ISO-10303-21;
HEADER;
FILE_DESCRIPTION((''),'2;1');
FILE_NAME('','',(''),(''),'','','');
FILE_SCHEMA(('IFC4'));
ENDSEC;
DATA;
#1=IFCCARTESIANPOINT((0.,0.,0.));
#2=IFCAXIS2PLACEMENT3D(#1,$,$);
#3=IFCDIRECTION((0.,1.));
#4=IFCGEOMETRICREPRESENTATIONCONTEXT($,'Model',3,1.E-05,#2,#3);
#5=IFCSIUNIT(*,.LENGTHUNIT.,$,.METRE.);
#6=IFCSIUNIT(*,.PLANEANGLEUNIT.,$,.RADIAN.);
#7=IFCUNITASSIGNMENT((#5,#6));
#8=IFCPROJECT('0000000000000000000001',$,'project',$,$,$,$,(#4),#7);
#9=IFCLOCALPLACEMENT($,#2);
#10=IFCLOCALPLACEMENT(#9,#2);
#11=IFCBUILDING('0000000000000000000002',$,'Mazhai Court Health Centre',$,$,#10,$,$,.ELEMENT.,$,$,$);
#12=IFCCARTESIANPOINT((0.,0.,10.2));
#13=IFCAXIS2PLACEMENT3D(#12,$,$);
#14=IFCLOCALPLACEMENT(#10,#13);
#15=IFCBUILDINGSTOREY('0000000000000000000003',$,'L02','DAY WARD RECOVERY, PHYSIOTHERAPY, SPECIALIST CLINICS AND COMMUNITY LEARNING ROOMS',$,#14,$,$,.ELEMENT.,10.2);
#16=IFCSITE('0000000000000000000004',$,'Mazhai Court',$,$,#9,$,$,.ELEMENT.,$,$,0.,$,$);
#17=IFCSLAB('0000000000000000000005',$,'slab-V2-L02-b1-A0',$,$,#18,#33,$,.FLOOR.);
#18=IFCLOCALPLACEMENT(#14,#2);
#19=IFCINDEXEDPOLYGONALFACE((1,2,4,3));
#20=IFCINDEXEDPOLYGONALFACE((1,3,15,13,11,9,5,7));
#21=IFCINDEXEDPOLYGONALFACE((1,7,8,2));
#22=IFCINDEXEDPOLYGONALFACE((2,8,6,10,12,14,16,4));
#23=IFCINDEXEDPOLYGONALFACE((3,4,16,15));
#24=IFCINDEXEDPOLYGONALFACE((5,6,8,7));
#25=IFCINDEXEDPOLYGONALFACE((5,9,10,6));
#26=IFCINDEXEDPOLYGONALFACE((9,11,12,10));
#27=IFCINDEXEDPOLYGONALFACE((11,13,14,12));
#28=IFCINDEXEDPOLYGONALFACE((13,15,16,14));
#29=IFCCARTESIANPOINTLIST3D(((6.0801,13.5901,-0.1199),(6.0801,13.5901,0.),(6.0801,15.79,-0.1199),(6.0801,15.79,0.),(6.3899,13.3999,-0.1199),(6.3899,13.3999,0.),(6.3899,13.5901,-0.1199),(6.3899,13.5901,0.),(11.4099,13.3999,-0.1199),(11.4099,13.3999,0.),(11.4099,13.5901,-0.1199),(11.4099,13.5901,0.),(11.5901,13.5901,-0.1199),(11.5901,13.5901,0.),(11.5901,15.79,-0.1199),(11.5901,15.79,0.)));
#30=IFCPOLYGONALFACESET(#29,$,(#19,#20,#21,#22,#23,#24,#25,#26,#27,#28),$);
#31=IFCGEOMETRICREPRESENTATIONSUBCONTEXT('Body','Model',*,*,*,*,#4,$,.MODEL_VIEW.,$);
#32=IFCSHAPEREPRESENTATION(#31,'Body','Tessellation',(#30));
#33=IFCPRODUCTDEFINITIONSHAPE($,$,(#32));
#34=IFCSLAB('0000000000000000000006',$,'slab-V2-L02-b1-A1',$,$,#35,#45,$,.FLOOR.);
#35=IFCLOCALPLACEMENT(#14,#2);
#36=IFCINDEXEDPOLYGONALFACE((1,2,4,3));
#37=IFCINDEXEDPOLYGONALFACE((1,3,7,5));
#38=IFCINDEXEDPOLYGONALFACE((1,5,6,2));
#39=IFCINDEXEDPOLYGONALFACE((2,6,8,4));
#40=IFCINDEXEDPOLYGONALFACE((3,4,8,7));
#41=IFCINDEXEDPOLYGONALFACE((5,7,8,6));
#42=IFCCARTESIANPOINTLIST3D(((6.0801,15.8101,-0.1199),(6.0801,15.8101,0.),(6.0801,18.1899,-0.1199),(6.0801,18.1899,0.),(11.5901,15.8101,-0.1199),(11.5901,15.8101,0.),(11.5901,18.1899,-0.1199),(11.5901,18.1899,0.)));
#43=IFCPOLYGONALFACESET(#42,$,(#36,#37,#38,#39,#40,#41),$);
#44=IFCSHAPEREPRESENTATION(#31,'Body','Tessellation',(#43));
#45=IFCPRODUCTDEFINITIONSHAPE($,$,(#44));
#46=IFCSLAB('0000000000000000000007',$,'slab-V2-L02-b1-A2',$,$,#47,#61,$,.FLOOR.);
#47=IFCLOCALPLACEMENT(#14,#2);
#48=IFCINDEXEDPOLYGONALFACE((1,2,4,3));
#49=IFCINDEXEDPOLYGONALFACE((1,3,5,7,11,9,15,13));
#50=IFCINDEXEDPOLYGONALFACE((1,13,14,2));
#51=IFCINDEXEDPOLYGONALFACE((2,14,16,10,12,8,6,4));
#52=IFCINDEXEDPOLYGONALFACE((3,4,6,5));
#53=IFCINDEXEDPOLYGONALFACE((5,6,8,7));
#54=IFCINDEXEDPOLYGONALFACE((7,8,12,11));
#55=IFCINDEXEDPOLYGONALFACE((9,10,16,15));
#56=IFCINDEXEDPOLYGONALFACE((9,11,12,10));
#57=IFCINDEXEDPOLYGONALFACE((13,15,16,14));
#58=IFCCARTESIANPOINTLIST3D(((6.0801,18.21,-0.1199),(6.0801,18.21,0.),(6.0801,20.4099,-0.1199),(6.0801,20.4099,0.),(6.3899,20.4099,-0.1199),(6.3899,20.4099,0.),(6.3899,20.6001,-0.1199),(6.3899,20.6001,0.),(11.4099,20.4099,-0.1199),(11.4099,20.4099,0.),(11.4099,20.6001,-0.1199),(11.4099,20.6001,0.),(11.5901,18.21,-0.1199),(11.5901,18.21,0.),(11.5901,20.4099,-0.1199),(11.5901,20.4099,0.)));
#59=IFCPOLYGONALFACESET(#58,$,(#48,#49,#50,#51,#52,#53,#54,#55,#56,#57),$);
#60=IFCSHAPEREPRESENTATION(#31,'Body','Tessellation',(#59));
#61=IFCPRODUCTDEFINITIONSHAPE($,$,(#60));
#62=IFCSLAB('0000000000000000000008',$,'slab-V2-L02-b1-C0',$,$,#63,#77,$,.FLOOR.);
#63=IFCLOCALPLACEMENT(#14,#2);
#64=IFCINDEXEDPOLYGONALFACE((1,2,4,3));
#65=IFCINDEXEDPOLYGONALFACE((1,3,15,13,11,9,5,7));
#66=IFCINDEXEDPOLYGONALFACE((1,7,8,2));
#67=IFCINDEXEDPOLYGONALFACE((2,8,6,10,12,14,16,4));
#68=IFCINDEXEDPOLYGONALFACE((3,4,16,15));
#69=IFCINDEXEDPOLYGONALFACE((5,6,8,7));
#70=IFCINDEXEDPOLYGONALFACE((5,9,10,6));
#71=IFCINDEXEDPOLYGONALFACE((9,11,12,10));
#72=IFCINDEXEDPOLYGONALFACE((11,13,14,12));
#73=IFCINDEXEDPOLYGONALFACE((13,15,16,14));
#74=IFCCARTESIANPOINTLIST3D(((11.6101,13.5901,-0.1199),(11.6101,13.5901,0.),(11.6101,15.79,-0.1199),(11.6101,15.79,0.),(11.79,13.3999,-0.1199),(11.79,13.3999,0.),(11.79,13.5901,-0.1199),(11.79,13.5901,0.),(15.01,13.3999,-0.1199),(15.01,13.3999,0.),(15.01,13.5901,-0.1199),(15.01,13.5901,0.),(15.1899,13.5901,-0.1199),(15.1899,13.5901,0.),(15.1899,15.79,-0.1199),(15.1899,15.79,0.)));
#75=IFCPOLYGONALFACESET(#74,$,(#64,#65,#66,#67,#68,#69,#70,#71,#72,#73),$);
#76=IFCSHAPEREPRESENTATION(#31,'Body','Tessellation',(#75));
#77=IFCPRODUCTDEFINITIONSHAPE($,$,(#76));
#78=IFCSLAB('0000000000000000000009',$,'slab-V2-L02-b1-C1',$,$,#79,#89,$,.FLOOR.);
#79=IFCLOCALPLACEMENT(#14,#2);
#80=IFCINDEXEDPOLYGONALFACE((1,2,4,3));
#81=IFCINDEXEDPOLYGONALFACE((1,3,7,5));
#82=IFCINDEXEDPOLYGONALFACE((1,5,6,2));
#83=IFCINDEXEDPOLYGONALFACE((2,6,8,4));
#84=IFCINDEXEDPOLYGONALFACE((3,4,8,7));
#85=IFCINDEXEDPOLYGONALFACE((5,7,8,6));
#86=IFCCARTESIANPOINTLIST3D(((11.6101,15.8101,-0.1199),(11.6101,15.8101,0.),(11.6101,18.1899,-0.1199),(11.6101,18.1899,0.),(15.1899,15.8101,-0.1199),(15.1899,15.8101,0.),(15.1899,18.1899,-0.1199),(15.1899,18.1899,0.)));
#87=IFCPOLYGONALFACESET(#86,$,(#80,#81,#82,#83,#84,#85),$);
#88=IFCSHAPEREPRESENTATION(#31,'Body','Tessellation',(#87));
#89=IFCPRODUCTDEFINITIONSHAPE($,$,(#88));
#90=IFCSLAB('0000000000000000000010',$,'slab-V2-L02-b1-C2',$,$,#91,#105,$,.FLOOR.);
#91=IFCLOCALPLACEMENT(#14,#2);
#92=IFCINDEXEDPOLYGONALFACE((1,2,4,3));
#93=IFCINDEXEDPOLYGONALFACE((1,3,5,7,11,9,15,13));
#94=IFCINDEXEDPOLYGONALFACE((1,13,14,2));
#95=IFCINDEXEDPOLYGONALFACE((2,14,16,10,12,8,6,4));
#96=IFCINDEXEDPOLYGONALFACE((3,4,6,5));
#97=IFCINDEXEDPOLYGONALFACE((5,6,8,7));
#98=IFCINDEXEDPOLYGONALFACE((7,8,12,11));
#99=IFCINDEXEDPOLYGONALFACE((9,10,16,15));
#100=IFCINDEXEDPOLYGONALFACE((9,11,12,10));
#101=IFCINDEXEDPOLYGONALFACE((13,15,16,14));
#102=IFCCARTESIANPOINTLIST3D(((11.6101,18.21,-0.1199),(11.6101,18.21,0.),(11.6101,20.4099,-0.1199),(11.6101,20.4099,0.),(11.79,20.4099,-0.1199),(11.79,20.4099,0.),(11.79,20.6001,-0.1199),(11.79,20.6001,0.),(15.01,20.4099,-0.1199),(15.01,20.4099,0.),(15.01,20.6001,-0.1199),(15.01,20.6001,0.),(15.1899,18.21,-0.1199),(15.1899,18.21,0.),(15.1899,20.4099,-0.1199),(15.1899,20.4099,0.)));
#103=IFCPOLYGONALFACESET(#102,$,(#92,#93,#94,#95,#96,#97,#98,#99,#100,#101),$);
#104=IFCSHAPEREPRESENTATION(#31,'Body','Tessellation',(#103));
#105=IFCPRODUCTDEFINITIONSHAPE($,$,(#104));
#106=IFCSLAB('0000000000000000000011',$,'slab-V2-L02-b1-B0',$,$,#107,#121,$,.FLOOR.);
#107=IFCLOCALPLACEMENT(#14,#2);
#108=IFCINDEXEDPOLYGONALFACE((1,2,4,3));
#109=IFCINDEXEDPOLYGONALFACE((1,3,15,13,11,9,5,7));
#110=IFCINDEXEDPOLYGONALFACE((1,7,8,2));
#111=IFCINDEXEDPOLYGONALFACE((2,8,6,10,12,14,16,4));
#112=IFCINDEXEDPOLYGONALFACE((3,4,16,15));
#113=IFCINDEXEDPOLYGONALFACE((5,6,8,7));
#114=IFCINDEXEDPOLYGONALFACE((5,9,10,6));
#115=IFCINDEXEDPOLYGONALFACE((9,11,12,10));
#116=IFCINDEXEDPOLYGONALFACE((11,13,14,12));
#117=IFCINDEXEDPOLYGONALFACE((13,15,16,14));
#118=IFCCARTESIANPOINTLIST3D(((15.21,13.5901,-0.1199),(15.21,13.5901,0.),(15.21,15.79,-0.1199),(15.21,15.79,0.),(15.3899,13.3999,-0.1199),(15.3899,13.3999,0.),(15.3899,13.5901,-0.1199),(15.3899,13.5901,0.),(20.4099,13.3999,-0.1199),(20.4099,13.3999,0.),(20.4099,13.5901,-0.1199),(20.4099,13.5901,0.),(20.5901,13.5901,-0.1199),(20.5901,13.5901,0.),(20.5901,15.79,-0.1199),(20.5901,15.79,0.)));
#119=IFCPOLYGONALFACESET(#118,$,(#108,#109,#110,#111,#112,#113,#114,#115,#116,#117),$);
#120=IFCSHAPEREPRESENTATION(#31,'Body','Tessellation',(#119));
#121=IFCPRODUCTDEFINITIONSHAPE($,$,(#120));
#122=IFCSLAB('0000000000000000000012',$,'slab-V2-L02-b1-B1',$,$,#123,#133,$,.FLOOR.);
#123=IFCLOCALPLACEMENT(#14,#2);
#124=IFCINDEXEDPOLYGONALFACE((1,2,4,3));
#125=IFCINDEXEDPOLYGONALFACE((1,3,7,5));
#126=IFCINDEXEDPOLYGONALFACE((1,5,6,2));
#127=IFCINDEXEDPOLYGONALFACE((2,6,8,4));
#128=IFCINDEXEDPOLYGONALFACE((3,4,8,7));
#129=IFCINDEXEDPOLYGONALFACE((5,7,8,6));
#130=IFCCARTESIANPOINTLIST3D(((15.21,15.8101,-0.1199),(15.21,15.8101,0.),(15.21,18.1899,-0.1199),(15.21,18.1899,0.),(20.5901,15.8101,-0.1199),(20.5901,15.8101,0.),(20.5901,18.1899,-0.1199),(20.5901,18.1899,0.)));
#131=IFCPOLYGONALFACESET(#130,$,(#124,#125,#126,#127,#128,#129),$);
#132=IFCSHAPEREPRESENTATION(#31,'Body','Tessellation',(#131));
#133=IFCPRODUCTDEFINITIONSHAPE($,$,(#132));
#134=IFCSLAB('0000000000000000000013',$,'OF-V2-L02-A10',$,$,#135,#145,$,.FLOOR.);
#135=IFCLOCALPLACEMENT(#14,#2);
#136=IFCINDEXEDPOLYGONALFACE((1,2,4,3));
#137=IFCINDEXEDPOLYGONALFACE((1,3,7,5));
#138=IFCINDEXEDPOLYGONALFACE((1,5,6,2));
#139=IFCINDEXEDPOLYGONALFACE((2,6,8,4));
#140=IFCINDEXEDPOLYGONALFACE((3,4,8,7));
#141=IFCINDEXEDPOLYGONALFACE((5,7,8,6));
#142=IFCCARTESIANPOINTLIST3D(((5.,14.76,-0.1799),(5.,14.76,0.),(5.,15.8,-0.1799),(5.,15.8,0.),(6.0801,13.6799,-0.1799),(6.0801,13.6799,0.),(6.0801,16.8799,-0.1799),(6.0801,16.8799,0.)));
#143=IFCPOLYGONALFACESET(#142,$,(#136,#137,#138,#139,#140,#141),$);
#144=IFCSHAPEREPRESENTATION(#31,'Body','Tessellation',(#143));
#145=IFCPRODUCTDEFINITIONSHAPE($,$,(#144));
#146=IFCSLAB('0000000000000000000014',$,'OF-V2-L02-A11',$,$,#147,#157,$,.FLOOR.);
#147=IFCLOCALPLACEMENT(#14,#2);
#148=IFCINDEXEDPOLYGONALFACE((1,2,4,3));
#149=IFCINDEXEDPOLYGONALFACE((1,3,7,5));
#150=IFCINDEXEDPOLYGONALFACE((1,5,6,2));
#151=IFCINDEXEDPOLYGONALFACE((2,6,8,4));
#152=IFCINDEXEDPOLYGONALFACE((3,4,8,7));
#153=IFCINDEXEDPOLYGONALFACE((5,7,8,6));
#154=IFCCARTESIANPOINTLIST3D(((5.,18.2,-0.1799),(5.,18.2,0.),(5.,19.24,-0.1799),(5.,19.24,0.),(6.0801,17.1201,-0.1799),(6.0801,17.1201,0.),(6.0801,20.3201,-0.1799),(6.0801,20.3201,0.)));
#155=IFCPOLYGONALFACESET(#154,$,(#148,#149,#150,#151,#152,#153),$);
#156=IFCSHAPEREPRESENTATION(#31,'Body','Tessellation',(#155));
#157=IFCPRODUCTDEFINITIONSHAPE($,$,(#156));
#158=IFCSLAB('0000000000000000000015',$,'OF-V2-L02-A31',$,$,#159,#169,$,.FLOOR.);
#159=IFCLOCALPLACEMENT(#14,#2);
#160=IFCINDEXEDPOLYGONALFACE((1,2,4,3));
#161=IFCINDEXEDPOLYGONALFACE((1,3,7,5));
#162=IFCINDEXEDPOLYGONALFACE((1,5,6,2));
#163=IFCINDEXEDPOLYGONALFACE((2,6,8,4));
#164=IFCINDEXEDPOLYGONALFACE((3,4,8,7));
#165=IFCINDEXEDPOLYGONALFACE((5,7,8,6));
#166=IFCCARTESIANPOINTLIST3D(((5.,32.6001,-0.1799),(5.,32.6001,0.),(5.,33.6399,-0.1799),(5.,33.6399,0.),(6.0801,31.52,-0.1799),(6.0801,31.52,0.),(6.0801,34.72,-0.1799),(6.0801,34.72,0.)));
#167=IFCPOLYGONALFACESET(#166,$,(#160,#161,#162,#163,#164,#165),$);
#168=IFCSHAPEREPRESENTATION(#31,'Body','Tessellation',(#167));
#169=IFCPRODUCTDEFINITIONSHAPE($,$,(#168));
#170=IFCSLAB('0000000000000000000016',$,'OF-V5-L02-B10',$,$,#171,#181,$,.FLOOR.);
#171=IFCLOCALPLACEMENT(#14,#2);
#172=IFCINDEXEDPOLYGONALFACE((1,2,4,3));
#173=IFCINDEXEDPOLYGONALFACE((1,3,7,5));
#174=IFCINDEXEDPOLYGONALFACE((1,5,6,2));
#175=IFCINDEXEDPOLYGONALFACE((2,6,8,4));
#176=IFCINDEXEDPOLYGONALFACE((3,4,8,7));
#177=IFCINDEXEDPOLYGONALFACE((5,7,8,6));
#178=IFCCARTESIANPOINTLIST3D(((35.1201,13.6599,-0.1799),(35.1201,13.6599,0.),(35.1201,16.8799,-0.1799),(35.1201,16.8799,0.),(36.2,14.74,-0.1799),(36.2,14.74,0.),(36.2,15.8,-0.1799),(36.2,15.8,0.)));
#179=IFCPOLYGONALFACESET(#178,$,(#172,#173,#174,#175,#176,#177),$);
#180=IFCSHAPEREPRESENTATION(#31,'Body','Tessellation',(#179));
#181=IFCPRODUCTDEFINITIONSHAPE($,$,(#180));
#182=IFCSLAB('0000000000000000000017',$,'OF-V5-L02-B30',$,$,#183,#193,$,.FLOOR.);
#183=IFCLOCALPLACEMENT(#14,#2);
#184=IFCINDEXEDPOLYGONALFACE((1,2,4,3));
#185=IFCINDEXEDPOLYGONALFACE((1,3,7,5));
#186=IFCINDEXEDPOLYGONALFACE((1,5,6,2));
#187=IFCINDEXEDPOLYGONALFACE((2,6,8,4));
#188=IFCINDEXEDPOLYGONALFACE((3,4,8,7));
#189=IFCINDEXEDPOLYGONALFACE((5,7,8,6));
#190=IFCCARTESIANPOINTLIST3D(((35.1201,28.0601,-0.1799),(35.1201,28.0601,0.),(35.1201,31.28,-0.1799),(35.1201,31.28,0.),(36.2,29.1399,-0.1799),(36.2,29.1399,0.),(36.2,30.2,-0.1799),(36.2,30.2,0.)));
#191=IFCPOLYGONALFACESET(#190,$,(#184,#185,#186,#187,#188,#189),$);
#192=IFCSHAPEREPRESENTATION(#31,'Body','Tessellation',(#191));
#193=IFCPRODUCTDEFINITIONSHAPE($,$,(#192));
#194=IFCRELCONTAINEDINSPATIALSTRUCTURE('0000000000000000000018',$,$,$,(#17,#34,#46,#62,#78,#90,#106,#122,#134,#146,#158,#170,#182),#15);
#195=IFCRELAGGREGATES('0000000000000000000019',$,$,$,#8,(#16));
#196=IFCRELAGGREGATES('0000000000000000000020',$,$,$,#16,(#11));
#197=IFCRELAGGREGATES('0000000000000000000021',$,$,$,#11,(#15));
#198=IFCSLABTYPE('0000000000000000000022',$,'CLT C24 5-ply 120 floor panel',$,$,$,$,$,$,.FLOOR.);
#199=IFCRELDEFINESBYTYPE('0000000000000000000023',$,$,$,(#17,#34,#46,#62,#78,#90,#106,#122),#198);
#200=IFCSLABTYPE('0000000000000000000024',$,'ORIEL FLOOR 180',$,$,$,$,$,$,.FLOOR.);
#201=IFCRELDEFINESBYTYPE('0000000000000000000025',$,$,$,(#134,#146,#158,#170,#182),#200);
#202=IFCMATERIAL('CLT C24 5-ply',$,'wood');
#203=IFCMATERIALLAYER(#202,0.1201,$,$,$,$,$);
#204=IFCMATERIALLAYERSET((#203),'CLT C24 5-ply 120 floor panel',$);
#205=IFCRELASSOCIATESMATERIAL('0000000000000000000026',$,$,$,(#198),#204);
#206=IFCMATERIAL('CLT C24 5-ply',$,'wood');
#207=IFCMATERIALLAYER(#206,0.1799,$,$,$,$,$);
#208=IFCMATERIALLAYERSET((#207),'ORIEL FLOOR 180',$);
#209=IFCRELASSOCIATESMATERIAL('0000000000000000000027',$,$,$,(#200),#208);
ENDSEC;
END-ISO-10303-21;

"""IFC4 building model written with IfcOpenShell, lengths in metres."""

from ifc_helpers import new_model, si_unit, direction, frame, origin, place, context, subcontext, project, spatial, polyline, outline, extrude, material, layer, layer_set, type_object, element, save


model = new_model("IFC4")

# Units and contexts
model_context = context("Model", 3, precision=1e-05, world=origin(), true_north=direction((0.0, 1.0)))
body_context = subcontext(model_context, "Body", "Model", "MODEL_VIEW")
ifc_project = project(units=[si_unit("LENGTHUNIT", "METRE"), si_unit("PLANEANGLEUNIT", "RADIAN")], contexts=[model_context])

# Site, building, storey
site_placement = place(None, origin())
site = spatial("IfcSite", under=ifc_project, at=site_placement, Name="Mazhai Court", CompositionType="ELEMENT", RefElevation=0.0)
building_placement = place(site_placement, origin())
building = spatial("IfcBuilding", under=site, at=building_placement, Name="Mazhai Court Health Centre", CompositionType="ELEMENT")
storey_placement = place(building_placement, frame((0.0, 0.0, 10.2)))
storey = spatial("IfcBuildingStorey", under=building, at=storey_placement, Name="L02", Description="DAY WARD RECOVERY, PHYSIOTHERAPY, SPECIALIST CLINICS AND COMMUNITY LEARNING ROOMS", CompositionType="ELEMENT", Elevation=10.2)

# Slabs
ifc_material_1 = material(Name="CLT C24 5-ply", Category="wood")
ifc_layer_1 = layer(ifc_material_1, 0.1201)
ifc_layer_set_1 = layer_set([ifc_layer_1], Name="CLT C24 5-ply 120 floor panel")
slab_type_1 = type_object("IfcSlabType", Name="CLT C24 5-ply 120 floor panel", PredefinedType="FLOOR", material=ifc_layer_set_1)
slab_1_placement = place(storey_placement, frame((0.0, 0.0, -0.1199)))
element("IfcSlab", 1, at=slab_1_placement, inside=storey, type_object=slab_type_1, Name="slab-V2-L02-b1-A0", PredefinedType="FLOOR", context=body_context, shape_type="SweptSolid", body=[
    extrude(outline(polyline([(6.0801, 15.79), (6.0801, 13.5901), (6.3899, 13.5901), (6.3899, 13.3999), (11.4099, 13.3999), (11.4099, 13.5901), (11.5901, 13.5901), (11.5901, 15.79), (6.0801, 15.79)])), origin(), (0.0, 0.0, 1.0), 0.1199),
])
slab_2_placement = place(storey_placement, frame((0.0, 0.0, -0.1199)))
element("IfcSlab", 2, at=slab_2_placement, inside=storey, type_object=slab_type_1, Name="slab-V2-L02-b1-A1", PredefinedType="FLOOR", context=body_context, shape_type="SweptSolid", body=[
    extrude(outline(polyline([(6.0801, 15.8101), (11.5901, 15.8101), (11.5901, 18.1899), (6.0801, 18.1899), (6.0801, 15.8101)])), origin(), (0.0, 0.0, 1.0), 0.1199),
])
slab_3_placement = place(storey_placement, frame((0.0, 0.0, -0.1199)))
element("IfcSlab", 3, at=slab_3_placement, inside=storey, type_object=slab_type_1, Name="slab-V2-L02-b1-A2", PredefinedType="FLOOR", context=body_context, shape_type="SweptSolid", body=[
    extrude(outline(polyline([(11.5901, 18.21), (11.5901, 20.4099), (11.4099, 20.4099), (11.4099, 20.6001), (6.3899, 20.6001), (6.3899, 20.4099), (6.0801, 20.4099), (6.0801, 18.21), (11.5901, 18.21)])), origin(), (0.0, 0.0, 1.0), 0.1199),
])
slab_4_placement = place(storey_placement, frame((0.0, 0.0, -0.1199)))
element("IfcSlab", 4, at=slab_4_placement, inside=storey, type_object=slab_type_1, Name="slab-V2-L02-b1-C0", PredefinedType="FLOOR", context=body_context, shape_type="SweptSolid", body=[
    extrude(outline(polyline([(11.6101, 15.79), (11.6101, 13.5901), (11.79, 13.5901), (11.79, 13.3999), (15.01, 13.3999), (15.01, 13.5901), (15.1899, 13.5901), (15.1899, 15.79), (11.6101, 15.79)])), origin(), (0.0, 0.0, 1.0), 0.1199),
])
slab_5_placement = place(storey_placement, frame((0.0, 0.0, -0.1199)))
element("IfcSlab", 5, at=slab_5_placement, inside=storey, type_object=slab_type_1, Name="slab-V2-L02-b1-C1", PredefinedType="FLOOR", context=body_context, shape_type="SweptSolid", body=[
    extrude(outline(polyline([(11.6101, 15.8101), (15.1899, 15.8101), (15.1899, 18.1899), (11.6101, 18.1899), (11.6101, 15.8101)])), origin(), (0.0, 0.0, 1.0), 0.1199),
])
slab_6_placement = place(storey_placement, frame((0.0, 0.0, -0.1199)))
element("IfcSlab", 6, at=slab_6_placement, inside=storey, type_object=slab_type_1, Name="slab-V2-L02-b1-C2", PredefinedType="FLOOR", context=body_context, shape_type="SweptSolid", body=[
    extrude(outline(polyline([(15.1899, 18.21), (15.1899, 20.4099), (15.01, 20.4099), (15.01, 20.6001), (11.79, 20.6001), (11.79, 20.4099), (11.6101, 20.4099), (11.6101, 18.21), (15.1899, 18.21)])), origin(), (0.0, 0.0, 1.0), 0.1199),
])
slab_7_placement = place(storey_placement, frame((0.0, 0.0, -0.1199)))
element("IfcSlab", 7, at=slab_7_placement, inside=storey, type_object=slab_type_1, Name="slab-V2-L02-b1-B0", PredefinedType="FLOOR", context=body_context, shape_type="SweptSolid", body=[
    extrude(outline(polyline([(15.21, 15.79), (15.21, 13.5901), (15.3899, 13.5901), (15.3899, 13.3999), (20.4099, 13.3999), (20.4099, 13.5901), (20.5901, 13.5901), (20.5901, 15.79), (15.21, 15.79)])), origin(), (0.0, 0.0, 1.0), 0.1199),
])
slab_8_placement = place(storey_placement, frame((0.0, 0.0, -0.1199)))
element("IfcSlab", 8, at=slab_8_placement, inside=storey, type_object=slab_type_1, Name="slab-V2-L02-b1-B1", PredefinedType="FLOOR", context=body_context, shape_type="SweptSolid", body=[
    extrude(outline(polyline([(15.21, 15.8101), (20.5901, 15.8101), (20.5901, 18.1899), (15.21, 18.1899), (15.21, 15.8101)])), origin(), (0.0, 0.0, 1.0), 0.1199),
])
ifc_material_2 = material(Name="CLT C24 5-ply", Category="wood")
ifc_layer_2 = layer(ifc_material_2, 0.1799)
ifc_layer_set_2 = layer_set([ifc_layer_2], Name="ORIEL FLOOR 180")
slab_type_2 = type_object("IfcSlabType", Name="ORIEL FLOOR 180", PredefinedType="FLOOR", material=ifc_layer_set_2)
slab_9_placement = place(storey_placement, frame((0.0, 0.0, -0.1799)))
element("IfcSlab", 9, at=slab_9_placement, inside=storey, type_object=slab_type_2, Name="OF-V2-L02-A10", PredefinedType="FLOOR", context=body_context, shape_type="SweptSolid", body=[
    extrude(outline(polyline([(6.0801, 13.6799), (5.0, 14.76), (5.0, 15.8), (6.0801, 16.8799), (6.0801, 13.6799)])), origin(), (0.0, 0.0, 1.0), 0.1799),
])
slab_10_placement = place(storey_placement, frame((0.0, 0.0, -0.1799)))
element("IfcSlab", 10, at=slab_10_placement, inside=storey, type_object=slab_type_2, Name="OF-V2-L02-A11", PredefinedType="FLOOR", context=body_context, shape_type="SweptSolid", body=[
    extrude(outline(polyline([(6.0801, 17.1201), (5.0, 18.2), (5.0, 19.24), (6.0801, 20.3201), (6.0801, 17.1201)])), origin(), (0.0, 0.0, 1.0), 0.1799),
])
slab_11_placement = place(storey_placement, frame((0.0, 0.0, -0.1799)))
element("IfcSlab", 11, at=slab_11_placement, inside=storey, type_object=slab_type_2, Name="OF-V2-L02-A31", PredefinedType="FLOOR", context=body_context, shape_type="SweptSolid", body=[
    extrude(outline(polyline([(6.0801, 31.52), (5.0, 32.6001), (5.0, 33.6399), (6.0801, 34.72), (6.0801, 31.52)])), origin(), (0.0, 0.0, 1.0), 0.1799),
])
slab_12_placement = place(storey_placement, frame((0.0, 0.0, -0.1799)))
element("IfcSlab", 12, at=slab_12_placement, inside=storey, type_object=slab_type_2, Name="OF-V5-L02-B10", PredefinedType="FLOOR", context=body_context, shape_type="SweptSolid", body=[
    extrude(outline(polyline([(35.1201, 13.6599), (36.2, 14.74), (36.2, 15.8), (35.1201, 16.8799), (35.1201, 13.6599)])), origin(), (0.0, 0.0, 1.0), 0.1799),
])
slab_13_placement = place(storey_placement, frame((0.0, 0.0, -0.1799)))
element("IfcSlab", 13, at=slab_13_placement, inside=storey, type_object=slab_type_2, Name="OF-V5-L02-B30", PredefinedType="FLOOR", context=body_context, shape_type="SweptSolid", body=[
    extrude(outline(polyline([(35.1201, 28.0601), (36.2, 29.1399), (36.2, 30.2), (35.1201, 31.28), (35.1201, 28.0601)])), origin(), (0.0, 0.0, 1.0), 0.1799),
])

save(model, "model.ifc")
